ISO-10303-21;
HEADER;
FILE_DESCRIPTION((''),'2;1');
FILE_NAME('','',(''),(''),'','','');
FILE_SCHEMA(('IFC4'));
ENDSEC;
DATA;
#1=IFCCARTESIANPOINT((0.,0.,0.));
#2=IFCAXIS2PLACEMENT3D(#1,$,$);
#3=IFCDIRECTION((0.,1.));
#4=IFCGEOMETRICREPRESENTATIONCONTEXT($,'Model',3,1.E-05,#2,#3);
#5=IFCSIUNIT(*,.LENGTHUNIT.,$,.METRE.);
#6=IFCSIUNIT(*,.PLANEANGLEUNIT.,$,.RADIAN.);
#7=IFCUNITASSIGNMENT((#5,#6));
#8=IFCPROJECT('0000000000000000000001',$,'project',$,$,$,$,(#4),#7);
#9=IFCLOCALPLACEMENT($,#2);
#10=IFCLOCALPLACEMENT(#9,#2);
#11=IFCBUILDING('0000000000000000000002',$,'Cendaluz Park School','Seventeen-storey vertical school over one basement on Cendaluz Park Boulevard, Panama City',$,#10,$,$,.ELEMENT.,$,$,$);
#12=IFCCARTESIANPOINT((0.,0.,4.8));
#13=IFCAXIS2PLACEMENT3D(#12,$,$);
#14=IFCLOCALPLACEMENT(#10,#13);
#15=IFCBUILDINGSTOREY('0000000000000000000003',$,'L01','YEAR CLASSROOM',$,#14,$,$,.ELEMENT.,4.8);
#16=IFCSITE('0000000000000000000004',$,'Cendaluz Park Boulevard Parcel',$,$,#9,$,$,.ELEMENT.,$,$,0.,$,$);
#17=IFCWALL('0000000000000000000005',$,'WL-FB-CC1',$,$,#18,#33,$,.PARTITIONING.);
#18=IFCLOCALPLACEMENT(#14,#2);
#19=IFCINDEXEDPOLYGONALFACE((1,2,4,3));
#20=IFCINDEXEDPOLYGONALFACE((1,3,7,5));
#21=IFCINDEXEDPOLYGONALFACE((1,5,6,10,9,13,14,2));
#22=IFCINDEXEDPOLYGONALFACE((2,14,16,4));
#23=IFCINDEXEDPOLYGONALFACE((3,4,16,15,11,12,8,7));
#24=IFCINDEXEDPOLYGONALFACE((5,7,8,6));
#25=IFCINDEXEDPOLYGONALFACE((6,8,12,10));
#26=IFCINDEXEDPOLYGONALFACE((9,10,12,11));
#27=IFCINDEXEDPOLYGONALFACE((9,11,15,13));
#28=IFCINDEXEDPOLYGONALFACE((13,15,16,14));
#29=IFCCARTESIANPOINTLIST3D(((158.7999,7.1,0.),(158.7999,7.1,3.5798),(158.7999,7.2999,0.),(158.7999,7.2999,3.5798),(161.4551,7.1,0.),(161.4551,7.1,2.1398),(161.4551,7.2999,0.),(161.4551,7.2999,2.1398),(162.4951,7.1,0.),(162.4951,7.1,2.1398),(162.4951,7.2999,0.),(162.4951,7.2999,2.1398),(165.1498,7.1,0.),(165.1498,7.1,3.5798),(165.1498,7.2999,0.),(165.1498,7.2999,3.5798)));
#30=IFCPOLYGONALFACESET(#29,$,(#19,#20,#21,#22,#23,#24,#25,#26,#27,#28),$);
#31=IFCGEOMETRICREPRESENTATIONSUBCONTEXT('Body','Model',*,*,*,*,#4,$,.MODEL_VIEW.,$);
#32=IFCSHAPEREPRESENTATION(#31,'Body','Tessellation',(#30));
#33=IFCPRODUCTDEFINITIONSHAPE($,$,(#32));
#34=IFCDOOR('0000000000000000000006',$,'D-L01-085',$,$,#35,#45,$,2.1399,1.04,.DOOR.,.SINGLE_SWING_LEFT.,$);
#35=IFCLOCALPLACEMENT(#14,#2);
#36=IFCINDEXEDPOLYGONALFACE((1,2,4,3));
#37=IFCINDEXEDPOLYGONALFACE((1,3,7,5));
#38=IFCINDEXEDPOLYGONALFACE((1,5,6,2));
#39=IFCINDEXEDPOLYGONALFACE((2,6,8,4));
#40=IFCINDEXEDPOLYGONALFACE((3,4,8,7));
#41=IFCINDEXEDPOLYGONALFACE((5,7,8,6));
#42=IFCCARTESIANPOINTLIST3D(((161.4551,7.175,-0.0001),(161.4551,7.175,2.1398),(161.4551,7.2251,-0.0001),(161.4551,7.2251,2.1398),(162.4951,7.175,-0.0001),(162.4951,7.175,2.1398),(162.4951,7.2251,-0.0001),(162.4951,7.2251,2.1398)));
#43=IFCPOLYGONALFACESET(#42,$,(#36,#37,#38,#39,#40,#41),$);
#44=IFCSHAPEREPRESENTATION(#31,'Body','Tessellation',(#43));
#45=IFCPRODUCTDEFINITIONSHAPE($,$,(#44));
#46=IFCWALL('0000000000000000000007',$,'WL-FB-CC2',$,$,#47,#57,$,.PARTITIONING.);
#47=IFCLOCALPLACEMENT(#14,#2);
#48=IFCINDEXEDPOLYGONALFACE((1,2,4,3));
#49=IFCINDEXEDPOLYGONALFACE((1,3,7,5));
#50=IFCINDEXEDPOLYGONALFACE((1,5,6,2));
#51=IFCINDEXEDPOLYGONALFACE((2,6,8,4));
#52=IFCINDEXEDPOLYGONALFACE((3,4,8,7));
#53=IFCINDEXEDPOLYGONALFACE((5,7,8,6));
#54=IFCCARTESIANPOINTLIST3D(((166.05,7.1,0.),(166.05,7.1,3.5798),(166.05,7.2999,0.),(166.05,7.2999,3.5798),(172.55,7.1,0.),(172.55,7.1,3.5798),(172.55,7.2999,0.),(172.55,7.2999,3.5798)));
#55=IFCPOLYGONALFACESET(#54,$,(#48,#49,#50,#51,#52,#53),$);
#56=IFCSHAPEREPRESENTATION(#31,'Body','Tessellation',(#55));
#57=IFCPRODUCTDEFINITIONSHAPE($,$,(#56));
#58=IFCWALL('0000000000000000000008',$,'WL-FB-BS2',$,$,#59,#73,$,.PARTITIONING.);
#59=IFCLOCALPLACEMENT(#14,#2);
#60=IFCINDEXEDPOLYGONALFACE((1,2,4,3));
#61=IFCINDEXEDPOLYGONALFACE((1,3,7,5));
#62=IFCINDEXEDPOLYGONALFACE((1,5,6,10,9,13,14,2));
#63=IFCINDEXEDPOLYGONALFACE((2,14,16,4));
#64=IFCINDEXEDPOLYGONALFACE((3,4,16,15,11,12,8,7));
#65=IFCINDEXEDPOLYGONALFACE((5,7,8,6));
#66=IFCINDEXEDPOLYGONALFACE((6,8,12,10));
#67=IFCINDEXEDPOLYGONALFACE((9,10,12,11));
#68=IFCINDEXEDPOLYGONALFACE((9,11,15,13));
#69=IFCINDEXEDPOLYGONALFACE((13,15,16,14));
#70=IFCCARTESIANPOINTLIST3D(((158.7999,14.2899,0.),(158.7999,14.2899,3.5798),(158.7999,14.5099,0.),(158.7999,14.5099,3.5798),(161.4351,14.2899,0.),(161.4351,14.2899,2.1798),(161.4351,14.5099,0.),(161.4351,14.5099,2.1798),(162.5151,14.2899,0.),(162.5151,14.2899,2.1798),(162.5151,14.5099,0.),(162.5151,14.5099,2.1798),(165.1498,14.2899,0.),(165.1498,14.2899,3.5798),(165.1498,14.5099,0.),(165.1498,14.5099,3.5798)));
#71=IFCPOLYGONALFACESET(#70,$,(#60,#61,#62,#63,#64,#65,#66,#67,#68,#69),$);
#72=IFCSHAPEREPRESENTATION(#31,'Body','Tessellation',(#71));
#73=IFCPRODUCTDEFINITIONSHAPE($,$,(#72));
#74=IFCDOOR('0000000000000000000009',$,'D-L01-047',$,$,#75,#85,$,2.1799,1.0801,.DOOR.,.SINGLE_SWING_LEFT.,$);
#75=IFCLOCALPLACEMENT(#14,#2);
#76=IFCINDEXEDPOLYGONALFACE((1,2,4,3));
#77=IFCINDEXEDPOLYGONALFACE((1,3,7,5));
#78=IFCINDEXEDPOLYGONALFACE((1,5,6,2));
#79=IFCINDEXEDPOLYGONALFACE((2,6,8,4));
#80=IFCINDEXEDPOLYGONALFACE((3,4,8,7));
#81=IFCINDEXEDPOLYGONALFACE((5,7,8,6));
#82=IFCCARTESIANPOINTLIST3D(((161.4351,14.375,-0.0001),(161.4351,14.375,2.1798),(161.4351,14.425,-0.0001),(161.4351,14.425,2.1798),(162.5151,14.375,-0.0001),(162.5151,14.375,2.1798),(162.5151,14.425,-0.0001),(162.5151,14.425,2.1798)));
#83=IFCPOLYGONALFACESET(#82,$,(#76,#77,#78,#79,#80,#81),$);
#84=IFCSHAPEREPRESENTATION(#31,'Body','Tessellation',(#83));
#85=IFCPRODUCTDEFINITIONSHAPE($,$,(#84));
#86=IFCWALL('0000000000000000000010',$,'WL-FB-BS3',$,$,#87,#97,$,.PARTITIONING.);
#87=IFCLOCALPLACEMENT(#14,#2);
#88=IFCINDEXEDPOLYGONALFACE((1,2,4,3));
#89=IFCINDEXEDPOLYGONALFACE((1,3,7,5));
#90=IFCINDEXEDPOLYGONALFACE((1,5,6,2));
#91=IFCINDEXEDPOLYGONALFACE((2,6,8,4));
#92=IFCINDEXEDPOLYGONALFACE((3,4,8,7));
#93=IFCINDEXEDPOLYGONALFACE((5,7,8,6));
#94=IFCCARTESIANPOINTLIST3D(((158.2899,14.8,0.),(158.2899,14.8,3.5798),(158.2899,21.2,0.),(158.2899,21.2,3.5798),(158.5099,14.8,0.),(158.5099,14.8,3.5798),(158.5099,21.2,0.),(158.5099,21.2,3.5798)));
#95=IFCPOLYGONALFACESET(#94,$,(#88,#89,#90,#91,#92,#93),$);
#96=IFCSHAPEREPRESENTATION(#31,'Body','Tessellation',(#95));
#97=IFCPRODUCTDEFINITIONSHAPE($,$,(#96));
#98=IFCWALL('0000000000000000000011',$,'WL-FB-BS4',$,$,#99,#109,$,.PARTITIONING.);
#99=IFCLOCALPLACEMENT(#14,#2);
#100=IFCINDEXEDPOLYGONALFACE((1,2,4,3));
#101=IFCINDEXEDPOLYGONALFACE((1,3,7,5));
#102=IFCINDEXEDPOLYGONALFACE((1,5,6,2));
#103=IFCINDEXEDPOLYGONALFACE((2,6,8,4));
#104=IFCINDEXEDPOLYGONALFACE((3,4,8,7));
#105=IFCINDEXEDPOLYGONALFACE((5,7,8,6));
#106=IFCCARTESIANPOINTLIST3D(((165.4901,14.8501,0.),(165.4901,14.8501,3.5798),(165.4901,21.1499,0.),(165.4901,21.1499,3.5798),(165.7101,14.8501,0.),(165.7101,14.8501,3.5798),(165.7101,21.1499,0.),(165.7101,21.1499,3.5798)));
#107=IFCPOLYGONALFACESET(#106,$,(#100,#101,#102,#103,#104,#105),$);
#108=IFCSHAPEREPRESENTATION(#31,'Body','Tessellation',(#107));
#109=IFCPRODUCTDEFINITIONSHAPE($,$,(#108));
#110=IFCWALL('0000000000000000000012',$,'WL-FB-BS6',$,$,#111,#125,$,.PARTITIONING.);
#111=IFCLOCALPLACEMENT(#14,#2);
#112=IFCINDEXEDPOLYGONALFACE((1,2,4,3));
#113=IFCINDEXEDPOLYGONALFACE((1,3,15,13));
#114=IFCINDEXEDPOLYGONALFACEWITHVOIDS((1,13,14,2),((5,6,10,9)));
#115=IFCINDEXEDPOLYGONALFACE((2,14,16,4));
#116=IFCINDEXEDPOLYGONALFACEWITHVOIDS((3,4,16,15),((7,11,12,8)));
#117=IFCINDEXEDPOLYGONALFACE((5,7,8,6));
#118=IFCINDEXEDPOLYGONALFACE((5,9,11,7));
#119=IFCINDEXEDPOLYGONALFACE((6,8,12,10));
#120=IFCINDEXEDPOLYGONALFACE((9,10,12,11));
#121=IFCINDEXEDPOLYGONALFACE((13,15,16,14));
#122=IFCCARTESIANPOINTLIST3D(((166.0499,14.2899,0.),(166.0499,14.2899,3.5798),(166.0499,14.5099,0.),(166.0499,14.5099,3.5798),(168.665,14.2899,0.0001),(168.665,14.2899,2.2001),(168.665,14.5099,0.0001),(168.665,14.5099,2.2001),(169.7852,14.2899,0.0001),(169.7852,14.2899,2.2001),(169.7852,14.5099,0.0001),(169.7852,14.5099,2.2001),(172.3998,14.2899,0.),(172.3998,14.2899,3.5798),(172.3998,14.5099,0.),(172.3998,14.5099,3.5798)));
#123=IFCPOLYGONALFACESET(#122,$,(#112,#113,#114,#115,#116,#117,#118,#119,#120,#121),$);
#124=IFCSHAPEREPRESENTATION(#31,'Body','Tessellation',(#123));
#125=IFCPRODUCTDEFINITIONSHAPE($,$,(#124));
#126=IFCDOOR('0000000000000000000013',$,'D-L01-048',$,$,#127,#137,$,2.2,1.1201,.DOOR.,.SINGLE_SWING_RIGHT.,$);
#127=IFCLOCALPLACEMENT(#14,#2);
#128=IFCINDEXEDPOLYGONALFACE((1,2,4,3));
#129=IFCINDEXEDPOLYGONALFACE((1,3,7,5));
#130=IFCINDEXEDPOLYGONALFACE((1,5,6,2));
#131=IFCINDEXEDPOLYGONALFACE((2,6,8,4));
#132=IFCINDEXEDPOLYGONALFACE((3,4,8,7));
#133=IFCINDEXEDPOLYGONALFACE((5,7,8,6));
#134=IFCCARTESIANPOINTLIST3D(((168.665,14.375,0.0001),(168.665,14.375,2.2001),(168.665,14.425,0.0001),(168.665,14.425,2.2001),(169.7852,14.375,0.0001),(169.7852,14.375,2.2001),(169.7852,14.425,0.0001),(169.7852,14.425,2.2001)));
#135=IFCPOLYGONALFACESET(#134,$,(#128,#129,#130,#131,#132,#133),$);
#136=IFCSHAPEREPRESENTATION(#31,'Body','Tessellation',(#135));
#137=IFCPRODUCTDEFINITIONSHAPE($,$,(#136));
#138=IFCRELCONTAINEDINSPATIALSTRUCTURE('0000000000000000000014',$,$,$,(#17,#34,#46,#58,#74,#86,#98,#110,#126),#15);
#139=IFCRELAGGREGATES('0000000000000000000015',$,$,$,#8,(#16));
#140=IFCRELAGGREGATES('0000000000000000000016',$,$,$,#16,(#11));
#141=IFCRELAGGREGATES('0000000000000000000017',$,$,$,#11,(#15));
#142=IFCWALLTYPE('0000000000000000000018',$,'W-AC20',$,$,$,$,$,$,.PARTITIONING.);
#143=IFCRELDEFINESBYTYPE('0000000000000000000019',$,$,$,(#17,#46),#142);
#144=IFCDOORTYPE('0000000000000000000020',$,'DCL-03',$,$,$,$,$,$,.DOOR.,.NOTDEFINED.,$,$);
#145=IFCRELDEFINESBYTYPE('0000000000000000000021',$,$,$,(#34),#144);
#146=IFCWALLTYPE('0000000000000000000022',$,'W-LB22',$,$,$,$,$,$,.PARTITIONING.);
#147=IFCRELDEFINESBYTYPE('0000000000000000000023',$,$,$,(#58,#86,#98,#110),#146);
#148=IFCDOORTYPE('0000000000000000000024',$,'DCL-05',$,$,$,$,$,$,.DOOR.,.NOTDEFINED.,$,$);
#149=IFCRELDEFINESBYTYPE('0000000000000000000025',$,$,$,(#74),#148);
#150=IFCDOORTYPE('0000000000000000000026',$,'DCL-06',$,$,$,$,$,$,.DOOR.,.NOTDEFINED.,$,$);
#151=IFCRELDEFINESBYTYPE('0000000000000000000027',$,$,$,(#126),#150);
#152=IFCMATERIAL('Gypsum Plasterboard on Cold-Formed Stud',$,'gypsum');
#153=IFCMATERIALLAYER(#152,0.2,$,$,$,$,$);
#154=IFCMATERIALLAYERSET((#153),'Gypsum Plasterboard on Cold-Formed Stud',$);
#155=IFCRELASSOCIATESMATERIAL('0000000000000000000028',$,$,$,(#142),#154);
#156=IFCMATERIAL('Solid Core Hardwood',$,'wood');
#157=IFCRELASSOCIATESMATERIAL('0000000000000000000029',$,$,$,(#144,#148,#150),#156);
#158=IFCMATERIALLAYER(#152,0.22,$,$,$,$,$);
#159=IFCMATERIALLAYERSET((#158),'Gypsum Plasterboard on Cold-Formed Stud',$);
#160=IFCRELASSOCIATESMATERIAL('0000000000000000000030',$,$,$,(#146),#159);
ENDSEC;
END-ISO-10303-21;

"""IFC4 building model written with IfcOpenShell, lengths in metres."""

from ifc_helpers import new_model, si_unit, direction, frame, frame_2d, origin, place, context, subcontext, project, spatial, rectangle, extrude, material, layer, layer_set, type_object, element, fill, save


model = new_model("IFC4")

# Units and contexts
model_context = context("Model", 3, precision=1e-05, world=origin(), true_north=direction((0.0, 1.0)))
body_context = subcontext(model_context, "Body", "Model", "MODEL_VIEW")
ifc_project = project(units=[si_unit("LENGTHUNIT", "METRE"), si_unit("PLANEANGLEUNIT", "RADIAN")], contexts=[model_context])

# Site, building, storey
site_placement = place(None, origin())
site = spatial("IfcSite", under=ifc_project, at=site_placement, Name="Cendaluz Park Boulevard Parcel", CompositionType="ELEMENT", RefElevation=0.0)
building_placement = place(site_placement, origin())
building = spatial("IfcBuilding", under=site, at=building_placement, Name="Cendaluz Park School", Description="Seventeen-storey vertical school over one basement on Cendaluz Park Boulevard, Panama City", CompositionType="ELEMENT")
storey_placement = place(building_placement, frame((0.0, 0.0, 4.8)))
storey = spatial("IfcBuildingStorey", under=building, at=storey_placement, Name="L01", Description="YEAR CLASSROOM", CompositionType="ELEMENT", Elevation=4.8)

# Wall, opening, door
ifc_material_1 = material(Name="Gypsum Plasterboard on Cold-Formed Stud", Category="gypsum")
ifc_layer_1 = layer(ifc_material_1, 0.2)
ifc_layer_set_1 = layer_set([ifc_layer_1], Name="Gypsum Plasterboard on Cold-Formed Stud")
wall_type_1 = type_object("IfcWallType", Name="W-AC20", PredefinedType="PARTITIONING", material=ifc_layer_set_1)
wall_1_placement = place(storey_placement, frame((158.8, 7.2, 0.0), z_axis=(0.0, 0.0, 1.0), x_axis=(1.0, 0.0, 0.0)))
wall_1 = element("IfcWall", 1, at=wall_1_placement, inside=storey, type_object=wall_type_1, Name="WL-FB-CC1", PredefinedType="PARTITIONING", context=body_context, shape_type="SweptSolid", body=[
    extrude(rectangle(XDim=6.3499, YDim=0.2, at=frame_2d((3.1748, 0.0))), origin(), (0.0, 0.0, 1.0), 3.5798),
])
opening_1_placement = place(wall_1_placement, frame((2.655, 0.0, 0.0)))
opening_1 = element("IfcOpeningElement", 2, at=opening_1_placement, cuts=wall_1, PredefinedType="OPENING", context=body_context, shape_type="SweptSolid", body=[
    extrude(rectangle(XDim=1.04, YDim=2.1399, at=frame_2d((0.52, 1.0698))), frame((0.0, 0.1121, 0.0), z_axis=(0.0, -1.0, 0.0), x_axis=(1.0, 0.0, 0.0)), (0.0, 0.0, 1.0), 0.2239),
])
ifc_material_2 = material(Name="Solid Core Hardwood", Category="wood")
door_type_1 = type_object("IfcDoorType", Name="DCL-03", OperationType="NOTDEFINED", PredefinedType="DOOR", material=ifc_material_2)
door_1_placement = place(opening_1_placement, frame((1.04, 0.0, 0.0), z_axis=(0.0, 0.0, 1.0), x_axis=(-1.0, 0.0, 0.0)))
door_1 = element("IfcDoor", 3, at=door_1_placement, inside=storey, type_object=door_type_1, Name="D-L01-085", OperationType="SINGLE_SWING_LEFT", OverallHeight=2.1399, OverallWidth=1.04, PredefinedType="DOOR", context=body_context, shape_type="SweptSolid", body=[
    extrude(rectangle(XDim=1.04, YDim=2.1399, at=frame_2d((0.52, 1.0698))), frame((0.0, 0.0249, 0.0), z_axis=(0.0, -1.0, 0.0), x_axis=(1.0, 0.0, 0.0)), (0.0, 0.0, 1.0), 0.05),
])
fill(opening_1, door_1)

# Wall
wall_2_placement = place(storey_placement, frame((166.05, 7.2, 0.0), z_axis=(0.0, 0.0, 1.0), x_axis=(1.0, 0.0, 0.0)))
element("IfcWall", 4, at=wall_2_placement, inside=storey, type_object=wall_type_1, Name="WL-FB-CC2", PredefinedType="PARTITIONING", context=body_context, shape_type="SweptSolid", body=[
    extrude(rectangle(XDim=6.5, YDim=0.2, at=frame_2d((3.25, 0.0))), origin(), (0.0, 0.0, 1.0), 3.5798),
])

# Wall, opening, door
ifc_layer_2 = layer(ifc_material_1, 0.22)
ifc_layer_set_2 = layer_set([ifc_layer_2], Name="Gypsum Plasterboard on Cold-Formed Stud")
wall_type_2 = type_object("IfcWallType", Name="W-LB22", PredefinedType="PARTITIONING", material=ifc_layer_set_2)
wall_3_placement = place(storey_placement, frame((158.8, 14.3999, 0.0), z_axis=(0.0, 0.0, 1.0), x_axis=(1.0, 0.0, 0.0)))
wall_3 = element("IfcWall", 5, at=wall_3_placement, inside=storey, type_object=wall_type_2, Name="WL-FB-BS2", PredefinedType="PARTITIONING", context=body_context, shape_type="SweptSolid", body=[
    extrude(rectangle(XDim=6.3499, YDim=0.22, at=frame_2d((3.1748, 0.0))), origin(), (0.0, 0.0, 1.0), 3.5798),
])
opening_2_placement = place(wall_3_placement, frame((2.635, 0.0, 0.0)))
opening_2 = element("IfcOpeningElement", 6, at=opening_2_placement, cuts=wall_3, PredefinedType="OPENING", context=body_context, shape_type="SweptSolid", body=[
    extrude(rectangle(XDim=1.0801, YDim=2.1799, at=frame_2d((0.54, 1.0898))), frame((0.0, 0.1221, 0.0), z_axis=(0.0, -1.0, 0.0), x_axis=(1.0, 0.0, 0.0)), (0.0, 0.0, 1.0), 0.2439),
])
door_type_2 = type_object("IfcDoorType", Name="DCL-05", OperationType="NOTDEFINED", PredefinedType="DOOR", material=ifc_material_2)
door_2_placement = place(opening_2_placement, frame((1.0801, 0.0, 0.0), z_axis=(0.0, 0.0, 1.0), x_axis=(-1.0, 0.0, 0.0)))
door_2 = element("IfcDoor", 7, at=door_2_placement, inside=storey, type_object=door_type_2, Name="D-L01-047", OperationType="SINGLE_SWING_LEFT", OverallHeight=2.1799, OverallWidth=1.0801, PredefinedType="DOOR", context=body_context, shape_type="SweptSolid", body=[
    extrude(rectangle(XDim=1.0801, YDim=2.1799, at=frame_2d((0.54, 1.0898))), frame((0.0, 0.0249, 0.0), z_axis=(0.0, -1.0, 0.0), x_axis=(1.0, 0.0, 0.0)), (0.0, 0.0, 1.0), 0.05),
])
fill(opening_2, door_2)

# Walls
wall_4_placement = place(storey_placement, frame((158.3999, 14.8, 0.0), z_axis=(0.0, 0.0, 1.0), x_axis=(0.0, 1.0, 0.0)))
element("IfcWall", 8, at=wall_4_placement, inside=storey, type_object=wall_type_2, Name="WL-FB-BS3", PredefinedType="PARTITIONING", context=body_context, shape_type="SweptSolid", body=[
    extrude(rectangle(XDim=6.3999, YDim=0.22, at=frame_2d((3.2, 0.0))), origin(), (0.0, 0.0, 1.0), 3.5798),
])
wall_5_placement = place(storey_placement, frame((165.6001, 14.8501, 0.0), z_axis=(0.0, 0.0, 1.0), x_axis=(0.0, 1.0, 0.0)))
element("IfcWall", 9, at=wall_5_placement, inside=storey, type_object=wall_type_2, Name="WL-FB-BS4", PredefinedType="PARTITIONING", context=body_context, shape_type="SweptSolid", body=[
    extrude(rectangle(XDim=6.2998, YDim=0.22, at=frame_2d((3.1499, 0.0))), origin(), (0.0, 0.0, 1.0), 3.5798),
])

# Wall, opening, door
wall_6_placement = place(storey_placement, frame((166.05, 14.3999, 0.0), z_axis=(0.0, 0.0, 1.0), x_axis=(1.0, 0.0, 0.0)))
wall_6 = element("IfcWall", 10, at=wall_6_placement, inside=storey, type_object=wall_type_2, Name="WL-FB-BS6", PredefinedType="PARTITIONING", context=body_context, shape_type="SweptSolid", body=[
    extrude(rectangle(XDim=6.3499, YDim=0.22, at=frame_2d((3.1748, 0.0))), origin(), (0.0, 0.0, 1.0), 3.5798),
])
opening_3_placement = place(wall_6_placement, frame((2.615, 0.0, 0.0)))
opening_3 = element("IfcOpeningElement", 11, at=opening_3_placement, cuts=wall_6, PredefinedType="OPENING", context=body_context, shape_type="SweptSolid", body=[
    extrude(rectangle(XDim=1.1201, YDim=2.2, at=frame_2d((0.5601, 1.1001))), frame((0.0, 0.1221, 0.0), z_axis=(0.0, -1.0, 0.0), x_axis=(1.0, 0.0, 0.0)), (0.0, 0.0, 1.0), 0.2439),
])
door_type_3 = type_object("IfcDoorType", Name="DCL-06", OperationType="NOTDEFINED", PredefinedType="DOOR", material=ifc_material_2)
door_3_placement = place(opening_3_placement, frame((1.1201, 0.0, 0.0), z_axis=(0.0, 0.0, 1.0), x_axis=(-1.0, 0.0, 0.0)))
door_3 = element("IfcDoor", 12, at=door_3_placement, inside=storey, type_object=door_type_3, Name="D-L01-048", OperationType="SINGLE_SWING_RIGHT", OverallHeight=2.2, OverallWidth=1.1201, PredefinedType="DOOR", context=body_context, shape_type="SweptSolid", body=[
    extrude(rectangle(XDim=1.1201, YDim=2.2, at=frame_2d((0.5601, 1.1001))), frame((0.0, 0.0249, 0.0), z_axis=(0.0, -1.0, 0.0), x_axis=(1.0, 0.0, 0.0)), (0.0, 0.0, 1.0), 0.05),
])
fill(opening_3, door_3)

save(model, "model.ifc")
